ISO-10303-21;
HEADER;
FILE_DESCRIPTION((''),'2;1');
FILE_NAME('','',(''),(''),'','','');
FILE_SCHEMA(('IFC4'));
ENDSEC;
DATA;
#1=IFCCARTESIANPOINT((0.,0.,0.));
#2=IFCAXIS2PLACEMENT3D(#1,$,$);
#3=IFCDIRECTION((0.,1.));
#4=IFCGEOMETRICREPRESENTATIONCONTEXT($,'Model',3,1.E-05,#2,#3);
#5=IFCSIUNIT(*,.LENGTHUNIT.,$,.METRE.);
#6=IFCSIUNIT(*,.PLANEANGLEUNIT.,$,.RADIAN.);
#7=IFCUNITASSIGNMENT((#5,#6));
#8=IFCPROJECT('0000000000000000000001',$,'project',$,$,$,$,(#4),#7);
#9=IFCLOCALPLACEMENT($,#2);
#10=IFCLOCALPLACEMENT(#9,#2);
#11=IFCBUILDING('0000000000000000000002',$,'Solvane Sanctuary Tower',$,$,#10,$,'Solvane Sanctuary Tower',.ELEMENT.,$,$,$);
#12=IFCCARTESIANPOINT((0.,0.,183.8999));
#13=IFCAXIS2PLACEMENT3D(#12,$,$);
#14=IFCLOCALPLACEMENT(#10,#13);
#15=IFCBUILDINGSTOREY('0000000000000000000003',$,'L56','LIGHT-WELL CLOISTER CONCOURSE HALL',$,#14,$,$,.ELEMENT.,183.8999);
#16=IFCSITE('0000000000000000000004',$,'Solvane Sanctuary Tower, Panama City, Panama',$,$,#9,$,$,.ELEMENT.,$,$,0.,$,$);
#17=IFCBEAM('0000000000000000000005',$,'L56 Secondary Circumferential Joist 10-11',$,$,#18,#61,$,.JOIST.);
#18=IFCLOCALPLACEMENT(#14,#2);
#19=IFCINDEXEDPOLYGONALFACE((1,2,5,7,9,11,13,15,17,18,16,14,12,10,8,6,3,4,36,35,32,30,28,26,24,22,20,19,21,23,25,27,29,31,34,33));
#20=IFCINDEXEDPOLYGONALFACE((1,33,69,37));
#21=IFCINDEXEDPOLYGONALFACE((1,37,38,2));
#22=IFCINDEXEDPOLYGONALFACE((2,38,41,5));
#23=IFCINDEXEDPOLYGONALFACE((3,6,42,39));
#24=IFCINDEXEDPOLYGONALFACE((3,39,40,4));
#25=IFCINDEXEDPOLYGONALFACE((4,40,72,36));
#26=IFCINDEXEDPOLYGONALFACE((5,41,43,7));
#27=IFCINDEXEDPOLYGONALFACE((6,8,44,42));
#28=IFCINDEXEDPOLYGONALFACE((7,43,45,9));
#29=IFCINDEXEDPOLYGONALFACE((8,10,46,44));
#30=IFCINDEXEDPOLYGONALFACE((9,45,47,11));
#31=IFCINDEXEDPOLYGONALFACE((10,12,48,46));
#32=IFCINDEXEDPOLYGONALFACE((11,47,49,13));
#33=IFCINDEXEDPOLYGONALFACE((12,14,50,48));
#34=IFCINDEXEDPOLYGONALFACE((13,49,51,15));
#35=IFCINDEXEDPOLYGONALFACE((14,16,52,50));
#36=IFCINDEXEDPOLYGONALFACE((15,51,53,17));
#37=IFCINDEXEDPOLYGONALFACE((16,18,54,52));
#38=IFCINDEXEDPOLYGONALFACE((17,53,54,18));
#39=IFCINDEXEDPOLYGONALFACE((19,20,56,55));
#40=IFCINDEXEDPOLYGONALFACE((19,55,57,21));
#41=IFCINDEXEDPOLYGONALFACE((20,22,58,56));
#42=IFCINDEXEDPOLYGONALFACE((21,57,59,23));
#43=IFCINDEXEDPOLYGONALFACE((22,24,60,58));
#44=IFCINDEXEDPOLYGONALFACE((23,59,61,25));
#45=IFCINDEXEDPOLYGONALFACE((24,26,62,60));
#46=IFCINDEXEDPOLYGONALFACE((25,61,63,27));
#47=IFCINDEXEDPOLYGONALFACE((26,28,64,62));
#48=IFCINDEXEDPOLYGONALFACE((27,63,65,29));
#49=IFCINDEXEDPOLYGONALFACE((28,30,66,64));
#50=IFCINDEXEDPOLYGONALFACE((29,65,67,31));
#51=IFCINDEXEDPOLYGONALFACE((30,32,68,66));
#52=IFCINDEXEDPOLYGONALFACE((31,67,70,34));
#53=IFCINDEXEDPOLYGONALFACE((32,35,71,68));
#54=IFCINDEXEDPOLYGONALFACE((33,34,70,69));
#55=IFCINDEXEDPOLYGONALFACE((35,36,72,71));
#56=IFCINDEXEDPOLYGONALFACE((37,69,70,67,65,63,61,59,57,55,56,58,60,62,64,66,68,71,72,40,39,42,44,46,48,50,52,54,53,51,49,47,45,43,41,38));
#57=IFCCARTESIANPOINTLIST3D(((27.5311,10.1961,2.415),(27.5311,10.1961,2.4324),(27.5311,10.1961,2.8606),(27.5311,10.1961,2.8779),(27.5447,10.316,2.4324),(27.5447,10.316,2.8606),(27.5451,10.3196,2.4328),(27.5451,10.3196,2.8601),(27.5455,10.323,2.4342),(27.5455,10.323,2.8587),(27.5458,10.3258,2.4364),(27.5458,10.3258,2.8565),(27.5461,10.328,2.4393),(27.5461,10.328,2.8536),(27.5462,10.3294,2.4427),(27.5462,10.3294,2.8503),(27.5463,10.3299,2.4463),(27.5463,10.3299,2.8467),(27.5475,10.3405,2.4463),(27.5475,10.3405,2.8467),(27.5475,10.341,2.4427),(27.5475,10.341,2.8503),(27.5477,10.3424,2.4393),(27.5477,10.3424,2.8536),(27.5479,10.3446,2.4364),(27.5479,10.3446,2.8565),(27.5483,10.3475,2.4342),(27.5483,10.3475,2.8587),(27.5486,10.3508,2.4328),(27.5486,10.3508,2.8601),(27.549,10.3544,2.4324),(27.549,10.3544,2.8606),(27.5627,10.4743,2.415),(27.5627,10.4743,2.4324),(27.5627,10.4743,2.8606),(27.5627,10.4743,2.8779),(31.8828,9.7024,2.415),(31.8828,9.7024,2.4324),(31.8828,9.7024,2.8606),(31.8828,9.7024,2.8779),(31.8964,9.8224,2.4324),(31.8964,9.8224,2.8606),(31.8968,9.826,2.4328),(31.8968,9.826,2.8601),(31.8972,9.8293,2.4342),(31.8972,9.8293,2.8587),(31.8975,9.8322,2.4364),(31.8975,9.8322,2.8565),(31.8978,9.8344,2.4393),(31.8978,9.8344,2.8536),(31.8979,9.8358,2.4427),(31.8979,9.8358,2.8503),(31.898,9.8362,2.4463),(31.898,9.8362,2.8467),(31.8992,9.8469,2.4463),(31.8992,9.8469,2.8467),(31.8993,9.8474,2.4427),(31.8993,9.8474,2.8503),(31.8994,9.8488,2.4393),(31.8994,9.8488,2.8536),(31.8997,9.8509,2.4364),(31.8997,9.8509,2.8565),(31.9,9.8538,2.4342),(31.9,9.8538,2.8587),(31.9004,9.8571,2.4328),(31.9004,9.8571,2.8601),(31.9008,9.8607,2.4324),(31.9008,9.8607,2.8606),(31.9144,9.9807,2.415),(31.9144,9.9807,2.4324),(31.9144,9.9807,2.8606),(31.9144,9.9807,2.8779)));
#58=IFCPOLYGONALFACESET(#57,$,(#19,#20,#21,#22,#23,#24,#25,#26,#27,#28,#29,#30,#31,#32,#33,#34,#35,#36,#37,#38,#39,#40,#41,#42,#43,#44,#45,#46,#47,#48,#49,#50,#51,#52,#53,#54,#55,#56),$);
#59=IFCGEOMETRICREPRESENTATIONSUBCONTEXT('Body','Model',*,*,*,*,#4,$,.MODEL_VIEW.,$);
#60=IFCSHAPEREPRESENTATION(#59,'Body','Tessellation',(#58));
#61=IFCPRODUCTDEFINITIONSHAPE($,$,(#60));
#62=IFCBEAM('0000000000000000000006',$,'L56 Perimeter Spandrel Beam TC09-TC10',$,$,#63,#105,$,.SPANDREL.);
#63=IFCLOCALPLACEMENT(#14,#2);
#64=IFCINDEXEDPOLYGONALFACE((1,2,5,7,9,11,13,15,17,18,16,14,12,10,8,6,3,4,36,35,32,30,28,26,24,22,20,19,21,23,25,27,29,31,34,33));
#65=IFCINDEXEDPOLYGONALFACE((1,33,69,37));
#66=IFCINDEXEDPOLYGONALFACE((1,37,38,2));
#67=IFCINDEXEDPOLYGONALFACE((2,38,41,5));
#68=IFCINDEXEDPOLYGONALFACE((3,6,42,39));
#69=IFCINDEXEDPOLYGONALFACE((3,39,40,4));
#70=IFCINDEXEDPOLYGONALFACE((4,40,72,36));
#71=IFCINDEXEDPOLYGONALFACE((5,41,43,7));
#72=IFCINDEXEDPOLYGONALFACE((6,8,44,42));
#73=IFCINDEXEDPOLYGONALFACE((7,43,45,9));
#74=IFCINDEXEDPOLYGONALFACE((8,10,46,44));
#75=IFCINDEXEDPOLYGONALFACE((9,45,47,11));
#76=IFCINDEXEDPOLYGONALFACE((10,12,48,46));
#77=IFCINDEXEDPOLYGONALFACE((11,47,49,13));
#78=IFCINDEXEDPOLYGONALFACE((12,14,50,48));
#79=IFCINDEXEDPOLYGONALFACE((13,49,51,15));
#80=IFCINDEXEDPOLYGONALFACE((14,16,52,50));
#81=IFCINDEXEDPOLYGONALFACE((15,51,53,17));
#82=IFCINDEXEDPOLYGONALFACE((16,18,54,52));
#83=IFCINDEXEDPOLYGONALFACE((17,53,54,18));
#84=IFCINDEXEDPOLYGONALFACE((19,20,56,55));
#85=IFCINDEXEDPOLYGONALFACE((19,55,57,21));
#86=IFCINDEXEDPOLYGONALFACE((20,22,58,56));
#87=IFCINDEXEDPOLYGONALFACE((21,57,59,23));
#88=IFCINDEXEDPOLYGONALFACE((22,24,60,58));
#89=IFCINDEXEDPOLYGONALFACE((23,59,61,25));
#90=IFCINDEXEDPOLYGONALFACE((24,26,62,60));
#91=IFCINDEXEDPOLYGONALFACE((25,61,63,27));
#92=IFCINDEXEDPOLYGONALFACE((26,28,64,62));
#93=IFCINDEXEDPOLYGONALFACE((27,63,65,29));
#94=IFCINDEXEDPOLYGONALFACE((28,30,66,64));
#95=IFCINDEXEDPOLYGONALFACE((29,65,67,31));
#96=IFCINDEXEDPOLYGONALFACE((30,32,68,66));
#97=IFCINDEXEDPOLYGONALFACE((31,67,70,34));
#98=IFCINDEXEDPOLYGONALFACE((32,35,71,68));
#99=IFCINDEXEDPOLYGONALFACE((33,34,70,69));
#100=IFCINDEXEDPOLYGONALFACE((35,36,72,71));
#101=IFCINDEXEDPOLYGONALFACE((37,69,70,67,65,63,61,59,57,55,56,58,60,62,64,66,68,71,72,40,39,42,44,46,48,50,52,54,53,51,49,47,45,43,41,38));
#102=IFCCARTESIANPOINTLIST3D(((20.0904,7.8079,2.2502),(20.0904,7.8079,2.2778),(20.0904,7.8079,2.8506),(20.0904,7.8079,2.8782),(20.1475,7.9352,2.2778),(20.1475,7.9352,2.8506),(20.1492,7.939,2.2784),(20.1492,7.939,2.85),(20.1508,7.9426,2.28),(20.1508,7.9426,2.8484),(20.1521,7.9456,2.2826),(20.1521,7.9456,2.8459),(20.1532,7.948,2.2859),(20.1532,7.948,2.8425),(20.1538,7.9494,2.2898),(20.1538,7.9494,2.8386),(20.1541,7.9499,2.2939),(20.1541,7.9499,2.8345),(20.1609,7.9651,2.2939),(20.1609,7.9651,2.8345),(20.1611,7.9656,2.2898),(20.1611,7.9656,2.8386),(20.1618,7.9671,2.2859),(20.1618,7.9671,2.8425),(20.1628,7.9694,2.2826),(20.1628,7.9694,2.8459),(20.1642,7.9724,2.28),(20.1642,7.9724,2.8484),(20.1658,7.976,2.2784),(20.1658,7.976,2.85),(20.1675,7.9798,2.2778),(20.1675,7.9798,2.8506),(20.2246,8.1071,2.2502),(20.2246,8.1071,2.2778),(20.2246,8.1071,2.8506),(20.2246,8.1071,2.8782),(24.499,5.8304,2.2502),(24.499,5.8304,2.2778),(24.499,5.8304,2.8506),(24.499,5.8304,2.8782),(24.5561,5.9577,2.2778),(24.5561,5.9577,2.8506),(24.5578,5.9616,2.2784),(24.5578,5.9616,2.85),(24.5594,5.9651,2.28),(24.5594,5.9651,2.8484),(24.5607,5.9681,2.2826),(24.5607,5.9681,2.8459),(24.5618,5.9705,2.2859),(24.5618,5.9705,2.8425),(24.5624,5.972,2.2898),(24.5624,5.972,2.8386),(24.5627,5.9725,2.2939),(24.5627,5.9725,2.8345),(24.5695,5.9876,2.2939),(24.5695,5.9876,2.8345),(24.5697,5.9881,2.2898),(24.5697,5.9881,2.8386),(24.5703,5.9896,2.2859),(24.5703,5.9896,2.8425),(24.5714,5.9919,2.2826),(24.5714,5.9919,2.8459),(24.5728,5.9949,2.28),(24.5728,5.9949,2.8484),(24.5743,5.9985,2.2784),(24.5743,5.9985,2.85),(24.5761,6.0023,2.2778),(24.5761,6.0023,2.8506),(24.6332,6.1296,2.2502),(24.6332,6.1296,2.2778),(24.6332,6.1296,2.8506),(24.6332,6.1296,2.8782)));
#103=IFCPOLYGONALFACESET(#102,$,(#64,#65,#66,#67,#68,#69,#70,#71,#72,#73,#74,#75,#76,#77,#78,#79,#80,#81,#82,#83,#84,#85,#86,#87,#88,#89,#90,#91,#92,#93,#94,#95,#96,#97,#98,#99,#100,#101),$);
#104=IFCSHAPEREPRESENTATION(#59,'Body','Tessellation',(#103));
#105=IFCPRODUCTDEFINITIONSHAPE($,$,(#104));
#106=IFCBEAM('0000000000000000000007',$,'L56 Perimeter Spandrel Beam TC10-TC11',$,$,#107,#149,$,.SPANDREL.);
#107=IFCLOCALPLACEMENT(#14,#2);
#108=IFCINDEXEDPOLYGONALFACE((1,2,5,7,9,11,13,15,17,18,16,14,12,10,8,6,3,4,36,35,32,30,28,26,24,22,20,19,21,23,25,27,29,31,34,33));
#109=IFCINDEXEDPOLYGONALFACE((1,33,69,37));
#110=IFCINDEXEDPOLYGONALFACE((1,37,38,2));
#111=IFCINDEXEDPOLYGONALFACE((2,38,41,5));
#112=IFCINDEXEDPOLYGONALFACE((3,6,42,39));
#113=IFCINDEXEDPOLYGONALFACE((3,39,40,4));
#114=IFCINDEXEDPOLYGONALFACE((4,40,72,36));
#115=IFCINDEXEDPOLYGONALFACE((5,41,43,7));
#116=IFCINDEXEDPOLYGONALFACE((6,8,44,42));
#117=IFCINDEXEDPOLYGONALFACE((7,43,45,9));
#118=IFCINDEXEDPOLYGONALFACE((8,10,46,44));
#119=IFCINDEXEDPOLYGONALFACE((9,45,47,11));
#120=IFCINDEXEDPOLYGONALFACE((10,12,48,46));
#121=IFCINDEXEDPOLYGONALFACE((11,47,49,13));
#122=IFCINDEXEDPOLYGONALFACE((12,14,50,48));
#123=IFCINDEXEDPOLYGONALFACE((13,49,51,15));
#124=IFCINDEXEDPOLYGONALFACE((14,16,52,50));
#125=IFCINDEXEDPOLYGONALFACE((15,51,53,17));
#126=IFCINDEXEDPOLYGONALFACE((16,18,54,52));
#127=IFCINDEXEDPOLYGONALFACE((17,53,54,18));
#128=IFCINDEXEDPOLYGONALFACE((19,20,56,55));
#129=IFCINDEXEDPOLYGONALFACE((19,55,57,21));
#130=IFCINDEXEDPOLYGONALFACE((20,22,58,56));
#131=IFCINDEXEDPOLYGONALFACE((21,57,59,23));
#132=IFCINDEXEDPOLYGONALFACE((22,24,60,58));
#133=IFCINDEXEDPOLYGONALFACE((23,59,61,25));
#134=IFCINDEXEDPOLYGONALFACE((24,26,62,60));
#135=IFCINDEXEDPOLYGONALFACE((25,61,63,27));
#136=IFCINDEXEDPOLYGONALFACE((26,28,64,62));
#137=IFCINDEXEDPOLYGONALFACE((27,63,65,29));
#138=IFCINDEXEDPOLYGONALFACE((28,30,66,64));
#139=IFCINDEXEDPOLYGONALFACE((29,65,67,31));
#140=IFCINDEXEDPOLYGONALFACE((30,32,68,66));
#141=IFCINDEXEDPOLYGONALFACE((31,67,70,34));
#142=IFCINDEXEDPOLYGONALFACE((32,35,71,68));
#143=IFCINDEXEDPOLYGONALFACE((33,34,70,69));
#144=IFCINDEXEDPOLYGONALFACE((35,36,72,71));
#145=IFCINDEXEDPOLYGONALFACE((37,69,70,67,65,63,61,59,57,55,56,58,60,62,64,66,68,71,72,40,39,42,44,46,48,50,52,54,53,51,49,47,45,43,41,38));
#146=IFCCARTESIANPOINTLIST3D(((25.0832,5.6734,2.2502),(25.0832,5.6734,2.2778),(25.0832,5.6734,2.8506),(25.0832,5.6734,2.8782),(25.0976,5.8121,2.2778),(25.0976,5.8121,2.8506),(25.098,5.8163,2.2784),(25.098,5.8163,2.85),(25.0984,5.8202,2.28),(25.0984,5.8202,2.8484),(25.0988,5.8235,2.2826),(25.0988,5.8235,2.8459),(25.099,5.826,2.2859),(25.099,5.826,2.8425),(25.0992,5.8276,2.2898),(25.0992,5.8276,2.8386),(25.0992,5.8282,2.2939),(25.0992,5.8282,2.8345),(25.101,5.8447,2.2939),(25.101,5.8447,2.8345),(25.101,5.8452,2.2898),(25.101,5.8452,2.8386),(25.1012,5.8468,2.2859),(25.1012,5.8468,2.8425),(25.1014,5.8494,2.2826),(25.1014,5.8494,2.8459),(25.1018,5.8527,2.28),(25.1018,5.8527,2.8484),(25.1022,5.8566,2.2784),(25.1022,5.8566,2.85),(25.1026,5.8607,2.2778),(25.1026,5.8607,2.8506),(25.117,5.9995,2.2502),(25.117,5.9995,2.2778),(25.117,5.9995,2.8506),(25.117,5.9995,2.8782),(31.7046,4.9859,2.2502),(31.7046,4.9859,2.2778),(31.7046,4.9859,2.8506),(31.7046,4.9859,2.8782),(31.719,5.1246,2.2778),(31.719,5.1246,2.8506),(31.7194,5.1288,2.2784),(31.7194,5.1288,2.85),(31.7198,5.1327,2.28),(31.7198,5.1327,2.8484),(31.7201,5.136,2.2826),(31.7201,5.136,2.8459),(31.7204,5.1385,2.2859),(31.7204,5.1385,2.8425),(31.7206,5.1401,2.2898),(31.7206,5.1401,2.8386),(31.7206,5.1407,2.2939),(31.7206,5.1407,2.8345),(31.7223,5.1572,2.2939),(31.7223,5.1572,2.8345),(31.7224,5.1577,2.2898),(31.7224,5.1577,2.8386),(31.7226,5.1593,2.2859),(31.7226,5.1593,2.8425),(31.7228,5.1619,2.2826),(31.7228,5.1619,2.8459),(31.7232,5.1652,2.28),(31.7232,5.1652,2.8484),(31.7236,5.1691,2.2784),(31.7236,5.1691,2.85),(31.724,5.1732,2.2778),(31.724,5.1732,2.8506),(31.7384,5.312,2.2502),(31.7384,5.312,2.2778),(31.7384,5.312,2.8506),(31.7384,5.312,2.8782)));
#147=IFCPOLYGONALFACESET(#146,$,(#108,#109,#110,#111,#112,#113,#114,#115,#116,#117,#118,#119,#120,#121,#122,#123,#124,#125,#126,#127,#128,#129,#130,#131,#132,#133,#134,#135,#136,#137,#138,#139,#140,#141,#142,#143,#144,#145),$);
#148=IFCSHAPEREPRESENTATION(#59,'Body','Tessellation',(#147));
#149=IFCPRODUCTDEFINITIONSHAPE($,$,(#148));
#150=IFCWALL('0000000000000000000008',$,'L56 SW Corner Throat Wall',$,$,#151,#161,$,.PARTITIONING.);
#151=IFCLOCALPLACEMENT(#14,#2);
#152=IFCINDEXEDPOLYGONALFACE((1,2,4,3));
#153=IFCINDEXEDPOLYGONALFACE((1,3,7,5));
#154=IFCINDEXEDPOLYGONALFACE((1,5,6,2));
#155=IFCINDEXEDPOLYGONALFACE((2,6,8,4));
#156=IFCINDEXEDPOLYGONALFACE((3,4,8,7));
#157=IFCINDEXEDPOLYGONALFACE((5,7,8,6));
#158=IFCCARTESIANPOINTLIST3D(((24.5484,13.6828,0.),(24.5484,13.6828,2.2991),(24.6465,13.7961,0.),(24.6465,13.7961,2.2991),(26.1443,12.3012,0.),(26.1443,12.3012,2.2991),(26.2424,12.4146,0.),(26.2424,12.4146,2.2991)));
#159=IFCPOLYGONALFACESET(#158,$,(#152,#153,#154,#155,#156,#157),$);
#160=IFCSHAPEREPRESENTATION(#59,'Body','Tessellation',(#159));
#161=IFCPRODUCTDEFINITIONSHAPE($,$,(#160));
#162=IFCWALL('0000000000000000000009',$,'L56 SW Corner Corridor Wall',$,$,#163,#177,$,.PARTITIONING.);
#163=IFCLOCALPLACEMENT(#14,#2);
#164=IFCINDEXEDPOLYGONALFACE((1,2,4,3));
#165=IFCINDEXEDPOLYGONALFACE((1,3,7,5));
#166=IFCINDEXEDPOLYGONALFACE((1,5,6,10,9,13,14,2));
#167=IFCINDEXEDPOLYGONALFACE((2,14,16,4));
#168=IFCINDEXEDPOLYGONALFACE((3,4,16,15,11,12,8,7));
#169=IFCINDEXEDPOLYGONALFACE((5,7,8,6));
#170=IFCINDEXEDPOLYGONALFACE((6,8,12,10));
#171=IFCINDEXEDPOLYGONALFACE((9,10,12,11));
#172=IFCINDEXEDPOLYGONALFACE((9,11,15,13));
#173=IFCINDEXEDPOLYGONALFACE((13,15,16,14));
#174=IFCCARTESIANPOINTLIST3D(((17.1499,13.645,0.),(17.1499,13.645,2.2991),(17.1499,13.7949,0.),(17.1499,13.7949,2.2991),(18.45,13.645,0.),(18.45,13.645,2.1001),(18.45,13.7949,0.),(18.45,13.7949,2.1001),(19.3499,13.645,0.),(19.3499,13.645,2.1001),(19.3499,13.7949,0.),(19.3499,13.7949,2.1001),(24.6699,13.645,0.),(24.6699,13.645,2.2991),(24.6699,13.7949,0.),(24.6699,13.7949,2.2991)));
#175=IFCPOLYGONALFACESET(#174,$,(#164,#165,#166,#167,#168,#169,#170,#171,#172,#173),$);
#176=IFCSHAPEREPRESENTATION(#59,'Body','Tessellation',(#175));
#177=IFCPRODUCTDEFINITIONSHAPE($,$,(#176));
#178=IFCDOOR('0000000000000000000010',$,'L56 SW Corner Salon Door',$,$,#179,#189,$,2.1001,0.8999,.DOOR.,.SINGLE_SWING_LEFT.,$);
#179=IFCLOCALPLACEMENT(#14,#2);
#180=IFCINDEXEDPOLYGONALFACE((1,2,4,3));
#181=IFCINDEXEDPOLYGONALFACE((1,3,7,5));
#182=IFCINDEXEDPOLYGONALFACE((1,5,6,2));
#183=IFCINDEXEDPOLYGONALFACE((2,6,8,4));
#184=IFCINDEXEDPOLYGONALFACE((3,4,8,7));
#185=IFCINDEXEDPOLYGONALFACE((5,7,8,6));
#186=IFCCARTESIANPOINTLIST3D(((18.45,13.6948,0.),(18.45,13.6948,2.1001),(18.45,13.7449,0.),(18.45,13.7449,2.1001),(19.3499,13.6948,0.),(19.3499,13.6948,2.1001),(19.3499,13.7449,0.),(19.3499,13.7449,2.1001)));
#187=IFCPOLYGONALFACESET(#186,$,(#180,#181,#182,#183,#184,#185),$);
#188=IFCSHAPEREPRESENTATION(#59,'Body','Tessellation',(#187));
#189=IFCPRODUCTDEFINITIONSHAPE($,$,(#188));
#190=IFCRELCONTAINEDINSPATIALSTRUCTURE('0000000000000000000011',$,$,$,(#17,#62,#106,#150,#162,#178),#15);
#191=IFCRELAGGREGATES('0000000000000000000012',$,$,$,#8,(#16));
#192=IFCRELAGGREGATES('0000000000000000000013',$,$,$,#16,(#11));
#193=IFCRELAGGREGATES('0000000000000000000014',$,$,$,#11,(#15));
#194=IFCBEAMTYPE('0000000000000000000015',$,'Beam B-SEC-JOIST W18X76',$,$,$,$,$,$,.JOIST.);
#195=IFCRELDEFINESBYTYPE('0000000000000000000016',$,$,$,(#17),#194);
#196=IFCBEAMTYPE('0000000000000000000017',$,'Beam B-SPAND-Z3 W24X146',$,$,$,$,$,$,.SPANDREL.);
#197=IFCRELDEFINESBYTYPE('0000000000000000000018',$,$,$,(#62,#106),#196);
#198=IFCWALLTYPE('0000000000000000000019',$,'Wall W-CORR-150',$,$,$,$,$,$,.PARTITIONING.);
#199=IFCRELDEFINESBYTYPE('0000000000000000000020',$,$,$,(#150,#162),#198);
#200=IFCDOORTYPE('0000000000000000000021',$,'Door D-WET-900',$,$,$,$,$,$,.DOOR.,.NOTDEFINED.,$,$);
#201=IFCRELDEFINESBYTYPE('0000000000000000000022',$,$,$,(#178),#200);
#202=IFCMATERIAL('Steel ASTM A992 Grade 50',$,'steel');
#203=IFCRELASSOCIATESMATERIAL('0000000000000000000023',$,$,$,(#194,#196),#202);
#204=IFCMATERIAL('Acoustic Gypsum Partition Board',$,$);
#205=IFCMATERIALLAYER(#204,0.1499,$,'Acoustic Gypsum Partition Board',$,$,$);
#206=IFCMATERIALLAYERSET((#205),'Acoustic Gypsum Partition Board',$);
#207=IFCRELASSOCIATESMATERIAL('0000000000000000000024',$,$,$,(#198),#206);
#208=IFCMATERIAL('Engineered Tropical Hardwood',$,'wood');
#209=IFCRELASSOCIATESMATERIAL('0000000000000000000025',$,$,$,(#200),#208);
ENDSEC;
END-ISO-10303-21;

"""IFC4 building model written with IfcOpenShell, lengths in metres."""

from ifc_helpers import new_model, si_unit, direction, frame, frame_2d, origin, origin_2d, place, context, subcontext, project, spatial, rectangle, i_section, extrude, material, layer, layer_set, material_profile, profile_set, type_object, element, fill, save


model = new_model("IFC4")

# Units and contexts
model_context = context("Model", 3, precision=1e-05, world=origin(), true_north=direction((0.0, 1.0)))
body_context = subcontext(model_context, "Body", "Model", "MODEL_VIEW")
ifc_project = project(units=[si_unit("LENGTHUNIT", "METRE"), si_unit("PLANEANGLEUNIT", "RADIAN")], contexts=[model_context])

# Site, building, storey
site_placement = place(None, origin())
site = spatial("IfcSite", under=ifc_project, at=site_placement, Name="Solvane Sanctuary Tower, Panama City, Panama", CompositionType="ELEMENT", RefElevation=0.0)
building_placement = place(site_placement, origin())
building = spatial("IfcBuilding", under=site, at=building_placement, Name="Solvane Sanctuary Tower", LongName="Solvane Sanctuary Tower", CompositionType="ELEMENT")
storey_placement = place(building_placement, frame((0.0, 0.0, 183.8999)))
storey = spatial("IfcBuildingStorey", under=building, at=storey_placement, Name="L56", Description="LIGHT-WELL CLOISTER CONCOURSE HALL", CompositionType="ELEMENT", Elevation=183.8999)

# Beams
ifc_material_1 = material(Name="Steel ASTM A992 Grade 50", Category="steel")
ifc_material_profile_1 = material_profile(ifc_material_1, i_section(OverallWidth=0.28, OverallDepth=0.4629, WebThickness=0.0107, FlangeThickness=0.0173, FilletRadius=0.0139, at=origin_2d()), Name="W18X76")
ifc_profile_set_1 = profile_set([ifc_material_profile_1], Name="Steel ASTM A992 Grade 50")
beam_type_1 = type_object("IfcBeamType", Name="Beam B-SEC-JOIST W18X76", PredefinedType="JOIST", material=ifc_profile_set_1)
beam_1_placement = place(storey_placement, frame((27.5469, 10.3352, 2.6465), z_axis=(0.993628, -0.112713, 0.0), x_axis=(0.112713, 0.993628, 0.0)))
element("IfcBeam", 1, at=beam_1_placement, inside=storey, type_object=beam_type_1, Name="L56 Secondary Circumferential Joist 10-11", PredefinedType="JOIST", context=body_context, shape_type="SweptSolid", body=[
    extrude(i_section(OverallWidth=0.28, OverallDepth=0.4629, WebThickness=0.0107, FlangeThickness=0.0173, FilletRadius=0.0139, at=origin_2d()), origin(), (0.0, 0.0, 1.0), 4.3796),
])
ifc_material_profile_2 = material_profile(ifc_material_1, i_section(OverallWidth=0.3279, OverallDepth=0.6279, WebThickness=0.0166, FlangeThickness=0.0276, FilletRadius=0.0161, at=origin_2d()), Name="W24X146")
ifc_profile_set_2 = profile_set([ifc_material_profile_2], Name="Steel ASTM A992 Grade 50")
beam_type_2 = type_object("IfcBeamType", Name="Beam B-SPAND-Z3 W24X146", PredefinedType="SPANDREL", material=ifc_profile_set_2)
beam_2_placement = place(storey_placement, frame((20.1575, 7.9575, 2.5642), z_axis=(0.912414, -0.409268, 0.0), x_axis=(0.409268, 0.912414, 0.0)))
element("IfcBeam", 2, at=beam_2_placement, inside=storey, type_object=beam_type_2, Name="L56 Perimeter Spandrel Beam TC09-TC10", PredefinedType="SPANDREL", context=body_context, shape_type="SweptSolid", body=[
    extrude(i_section(OverallWidth=0.3279, OverallDepth=0.6279, WebThickness=0.0166, FlangeThickness=0.0276, FilletRadius=0.0161, at=origin_2d()), origin(), (0.0, 0.0, 1.0), 4.8318),
])
beam_3_placement = place(storey_placement, frame((25.1001, 5.8364, 2.5642), z_axis=(0.994653, -0.103276, 0.0), x_axis=(0.103276, 0.994653, 0.0)))
element("IfcBeam", 3, at=beam_3_placement, inside=storey, type_object=beam_type_2, Name="L56 Perimeter Spandrel Beam TC10-TC11", PredefinedType="SPANDREL", context=body_context, shape_type="SweptSolid", body=[
    extrude(i_section(OverallWidth=0.3279, OverallDepth=0.6279, WebThickness=0.0166, FlangeThickness=0.0276, FilletRadius=0.0161, at=origin_2d()), origin(), (0.0, 0.0, 1.0), 6.657),
])

# Wall
ifc_material_2 = material(Name="Acoustic Gypsum Partition Board")
ifc_layer_1 = layer(ifc_material_2, 0.1499, Name="Acoustic Gypsum Partition Board")
ifc_layer_set_1 = layer_set([ifc_layer_1], Name="Acoustic Gypsum Partition Board")
wall_type_1 = type_object("IfcWallType", Name="Wall W-CORR-150", PredefinedType="PARTITIONING", material=ifc_layer_set_1)
wall_1_placement = place(storey_placement, frame((26.1934, 12.3579, 0.0), z_axis=(0.0, 0.0, 1.0), x_axis=(-0.756055, 0.654508, 0.0)))
element("IfcWall", 4, at=wall_1_placement, inside=storey, type_object=wall_type_1, Name="L56 SW Corner Throat Wall", PredefinedType="PARTITIONING", context=body_context, shape_type="SweptSolid", body=[
    extrude(rectangle(XDim=2.1108, YDim=0.1499, at=frame_2d((1.0554, 0.0))), origin(), (0.0, 0.0, 1.0), 2.2991),
])

# Wall, opening, door
wall_2_placement = place(storey_placement, frame((17.1499, 13.72, 0.0), z_axis=(0.0, 0.0, 1.0), x_axis=(1.0, 0.0, 0.0)))
wall_2 = element("IfcWall", 5, at=wall_2_placement, inside=storey, type_object=wall_type_1, Name="L56 SW Corner Corridor Wall", PredefinedType="PARTITIONING", context=body_context, shape_type="SweptSolid", body=[
    extrude(rectangle(XDim=7.52, YDim=0.1499, at=frame_2d((3.76, 0.0))), origin(), (0.0, 0.0, 1.0), 2.2991),
])
opening_1_placement = place(wall_2_placement, frame((1.3, 0.0, 0.0)))
opening_1 = element("IfcOpeningElement", 6, at=opening_1_placement, cuts=wall_2, PredefinedType="OPENING", context=body_context, shape_type="SweptSolid", body=[
    extrude(rectangle(XDim=0.8999, YDim=2.1001, at=frame_2d((0.45, 1.05))), frame((0.0, 0.085, 0.0), z_axis=(0.0, -1.0, 0.0), x_axis=(1.0, 0.0, 0.0)), (0.0, 0.0, 1.0), 0.1699),
])
ifc_material_3 = material(Name="Engineered Tropical Hardwood", Category="wood")
door_type_1 = type_object("IfcDoorType", Name="Door D-WET-900", OperationType="NOTDEFINED", PredefinedType="DOOR", material=ifc_material_3)
door_1_placement = place(opening_1_placement, origin())
door_1 = element("IfcDoor", 7, at=door_1_placement, inside=storey, type_object=door_type_1, Name="L56 SW Corner Salon Door", OperationType="SINGLE_SWING_LEFT", OverallHeight=2.1001, OverallWidth=0.8999, PredefinedType="DOOR", context=body_context, shape_type="SweptSolid", body=[
    extrude(rectangle(XDim=0.8999, YDim=2.1001, at=frame_2d((0.45, 1.05))), frame((0.0, 0.0249, 0.0), z_axis=(0.0, -1.0, 0.0), x_axis=(1.0, 0.0, 0.0)), (0.0, 0.0, 1.0), 0.05),
])
fill(opening_1, door_1)

save(model, "model.ifc")
